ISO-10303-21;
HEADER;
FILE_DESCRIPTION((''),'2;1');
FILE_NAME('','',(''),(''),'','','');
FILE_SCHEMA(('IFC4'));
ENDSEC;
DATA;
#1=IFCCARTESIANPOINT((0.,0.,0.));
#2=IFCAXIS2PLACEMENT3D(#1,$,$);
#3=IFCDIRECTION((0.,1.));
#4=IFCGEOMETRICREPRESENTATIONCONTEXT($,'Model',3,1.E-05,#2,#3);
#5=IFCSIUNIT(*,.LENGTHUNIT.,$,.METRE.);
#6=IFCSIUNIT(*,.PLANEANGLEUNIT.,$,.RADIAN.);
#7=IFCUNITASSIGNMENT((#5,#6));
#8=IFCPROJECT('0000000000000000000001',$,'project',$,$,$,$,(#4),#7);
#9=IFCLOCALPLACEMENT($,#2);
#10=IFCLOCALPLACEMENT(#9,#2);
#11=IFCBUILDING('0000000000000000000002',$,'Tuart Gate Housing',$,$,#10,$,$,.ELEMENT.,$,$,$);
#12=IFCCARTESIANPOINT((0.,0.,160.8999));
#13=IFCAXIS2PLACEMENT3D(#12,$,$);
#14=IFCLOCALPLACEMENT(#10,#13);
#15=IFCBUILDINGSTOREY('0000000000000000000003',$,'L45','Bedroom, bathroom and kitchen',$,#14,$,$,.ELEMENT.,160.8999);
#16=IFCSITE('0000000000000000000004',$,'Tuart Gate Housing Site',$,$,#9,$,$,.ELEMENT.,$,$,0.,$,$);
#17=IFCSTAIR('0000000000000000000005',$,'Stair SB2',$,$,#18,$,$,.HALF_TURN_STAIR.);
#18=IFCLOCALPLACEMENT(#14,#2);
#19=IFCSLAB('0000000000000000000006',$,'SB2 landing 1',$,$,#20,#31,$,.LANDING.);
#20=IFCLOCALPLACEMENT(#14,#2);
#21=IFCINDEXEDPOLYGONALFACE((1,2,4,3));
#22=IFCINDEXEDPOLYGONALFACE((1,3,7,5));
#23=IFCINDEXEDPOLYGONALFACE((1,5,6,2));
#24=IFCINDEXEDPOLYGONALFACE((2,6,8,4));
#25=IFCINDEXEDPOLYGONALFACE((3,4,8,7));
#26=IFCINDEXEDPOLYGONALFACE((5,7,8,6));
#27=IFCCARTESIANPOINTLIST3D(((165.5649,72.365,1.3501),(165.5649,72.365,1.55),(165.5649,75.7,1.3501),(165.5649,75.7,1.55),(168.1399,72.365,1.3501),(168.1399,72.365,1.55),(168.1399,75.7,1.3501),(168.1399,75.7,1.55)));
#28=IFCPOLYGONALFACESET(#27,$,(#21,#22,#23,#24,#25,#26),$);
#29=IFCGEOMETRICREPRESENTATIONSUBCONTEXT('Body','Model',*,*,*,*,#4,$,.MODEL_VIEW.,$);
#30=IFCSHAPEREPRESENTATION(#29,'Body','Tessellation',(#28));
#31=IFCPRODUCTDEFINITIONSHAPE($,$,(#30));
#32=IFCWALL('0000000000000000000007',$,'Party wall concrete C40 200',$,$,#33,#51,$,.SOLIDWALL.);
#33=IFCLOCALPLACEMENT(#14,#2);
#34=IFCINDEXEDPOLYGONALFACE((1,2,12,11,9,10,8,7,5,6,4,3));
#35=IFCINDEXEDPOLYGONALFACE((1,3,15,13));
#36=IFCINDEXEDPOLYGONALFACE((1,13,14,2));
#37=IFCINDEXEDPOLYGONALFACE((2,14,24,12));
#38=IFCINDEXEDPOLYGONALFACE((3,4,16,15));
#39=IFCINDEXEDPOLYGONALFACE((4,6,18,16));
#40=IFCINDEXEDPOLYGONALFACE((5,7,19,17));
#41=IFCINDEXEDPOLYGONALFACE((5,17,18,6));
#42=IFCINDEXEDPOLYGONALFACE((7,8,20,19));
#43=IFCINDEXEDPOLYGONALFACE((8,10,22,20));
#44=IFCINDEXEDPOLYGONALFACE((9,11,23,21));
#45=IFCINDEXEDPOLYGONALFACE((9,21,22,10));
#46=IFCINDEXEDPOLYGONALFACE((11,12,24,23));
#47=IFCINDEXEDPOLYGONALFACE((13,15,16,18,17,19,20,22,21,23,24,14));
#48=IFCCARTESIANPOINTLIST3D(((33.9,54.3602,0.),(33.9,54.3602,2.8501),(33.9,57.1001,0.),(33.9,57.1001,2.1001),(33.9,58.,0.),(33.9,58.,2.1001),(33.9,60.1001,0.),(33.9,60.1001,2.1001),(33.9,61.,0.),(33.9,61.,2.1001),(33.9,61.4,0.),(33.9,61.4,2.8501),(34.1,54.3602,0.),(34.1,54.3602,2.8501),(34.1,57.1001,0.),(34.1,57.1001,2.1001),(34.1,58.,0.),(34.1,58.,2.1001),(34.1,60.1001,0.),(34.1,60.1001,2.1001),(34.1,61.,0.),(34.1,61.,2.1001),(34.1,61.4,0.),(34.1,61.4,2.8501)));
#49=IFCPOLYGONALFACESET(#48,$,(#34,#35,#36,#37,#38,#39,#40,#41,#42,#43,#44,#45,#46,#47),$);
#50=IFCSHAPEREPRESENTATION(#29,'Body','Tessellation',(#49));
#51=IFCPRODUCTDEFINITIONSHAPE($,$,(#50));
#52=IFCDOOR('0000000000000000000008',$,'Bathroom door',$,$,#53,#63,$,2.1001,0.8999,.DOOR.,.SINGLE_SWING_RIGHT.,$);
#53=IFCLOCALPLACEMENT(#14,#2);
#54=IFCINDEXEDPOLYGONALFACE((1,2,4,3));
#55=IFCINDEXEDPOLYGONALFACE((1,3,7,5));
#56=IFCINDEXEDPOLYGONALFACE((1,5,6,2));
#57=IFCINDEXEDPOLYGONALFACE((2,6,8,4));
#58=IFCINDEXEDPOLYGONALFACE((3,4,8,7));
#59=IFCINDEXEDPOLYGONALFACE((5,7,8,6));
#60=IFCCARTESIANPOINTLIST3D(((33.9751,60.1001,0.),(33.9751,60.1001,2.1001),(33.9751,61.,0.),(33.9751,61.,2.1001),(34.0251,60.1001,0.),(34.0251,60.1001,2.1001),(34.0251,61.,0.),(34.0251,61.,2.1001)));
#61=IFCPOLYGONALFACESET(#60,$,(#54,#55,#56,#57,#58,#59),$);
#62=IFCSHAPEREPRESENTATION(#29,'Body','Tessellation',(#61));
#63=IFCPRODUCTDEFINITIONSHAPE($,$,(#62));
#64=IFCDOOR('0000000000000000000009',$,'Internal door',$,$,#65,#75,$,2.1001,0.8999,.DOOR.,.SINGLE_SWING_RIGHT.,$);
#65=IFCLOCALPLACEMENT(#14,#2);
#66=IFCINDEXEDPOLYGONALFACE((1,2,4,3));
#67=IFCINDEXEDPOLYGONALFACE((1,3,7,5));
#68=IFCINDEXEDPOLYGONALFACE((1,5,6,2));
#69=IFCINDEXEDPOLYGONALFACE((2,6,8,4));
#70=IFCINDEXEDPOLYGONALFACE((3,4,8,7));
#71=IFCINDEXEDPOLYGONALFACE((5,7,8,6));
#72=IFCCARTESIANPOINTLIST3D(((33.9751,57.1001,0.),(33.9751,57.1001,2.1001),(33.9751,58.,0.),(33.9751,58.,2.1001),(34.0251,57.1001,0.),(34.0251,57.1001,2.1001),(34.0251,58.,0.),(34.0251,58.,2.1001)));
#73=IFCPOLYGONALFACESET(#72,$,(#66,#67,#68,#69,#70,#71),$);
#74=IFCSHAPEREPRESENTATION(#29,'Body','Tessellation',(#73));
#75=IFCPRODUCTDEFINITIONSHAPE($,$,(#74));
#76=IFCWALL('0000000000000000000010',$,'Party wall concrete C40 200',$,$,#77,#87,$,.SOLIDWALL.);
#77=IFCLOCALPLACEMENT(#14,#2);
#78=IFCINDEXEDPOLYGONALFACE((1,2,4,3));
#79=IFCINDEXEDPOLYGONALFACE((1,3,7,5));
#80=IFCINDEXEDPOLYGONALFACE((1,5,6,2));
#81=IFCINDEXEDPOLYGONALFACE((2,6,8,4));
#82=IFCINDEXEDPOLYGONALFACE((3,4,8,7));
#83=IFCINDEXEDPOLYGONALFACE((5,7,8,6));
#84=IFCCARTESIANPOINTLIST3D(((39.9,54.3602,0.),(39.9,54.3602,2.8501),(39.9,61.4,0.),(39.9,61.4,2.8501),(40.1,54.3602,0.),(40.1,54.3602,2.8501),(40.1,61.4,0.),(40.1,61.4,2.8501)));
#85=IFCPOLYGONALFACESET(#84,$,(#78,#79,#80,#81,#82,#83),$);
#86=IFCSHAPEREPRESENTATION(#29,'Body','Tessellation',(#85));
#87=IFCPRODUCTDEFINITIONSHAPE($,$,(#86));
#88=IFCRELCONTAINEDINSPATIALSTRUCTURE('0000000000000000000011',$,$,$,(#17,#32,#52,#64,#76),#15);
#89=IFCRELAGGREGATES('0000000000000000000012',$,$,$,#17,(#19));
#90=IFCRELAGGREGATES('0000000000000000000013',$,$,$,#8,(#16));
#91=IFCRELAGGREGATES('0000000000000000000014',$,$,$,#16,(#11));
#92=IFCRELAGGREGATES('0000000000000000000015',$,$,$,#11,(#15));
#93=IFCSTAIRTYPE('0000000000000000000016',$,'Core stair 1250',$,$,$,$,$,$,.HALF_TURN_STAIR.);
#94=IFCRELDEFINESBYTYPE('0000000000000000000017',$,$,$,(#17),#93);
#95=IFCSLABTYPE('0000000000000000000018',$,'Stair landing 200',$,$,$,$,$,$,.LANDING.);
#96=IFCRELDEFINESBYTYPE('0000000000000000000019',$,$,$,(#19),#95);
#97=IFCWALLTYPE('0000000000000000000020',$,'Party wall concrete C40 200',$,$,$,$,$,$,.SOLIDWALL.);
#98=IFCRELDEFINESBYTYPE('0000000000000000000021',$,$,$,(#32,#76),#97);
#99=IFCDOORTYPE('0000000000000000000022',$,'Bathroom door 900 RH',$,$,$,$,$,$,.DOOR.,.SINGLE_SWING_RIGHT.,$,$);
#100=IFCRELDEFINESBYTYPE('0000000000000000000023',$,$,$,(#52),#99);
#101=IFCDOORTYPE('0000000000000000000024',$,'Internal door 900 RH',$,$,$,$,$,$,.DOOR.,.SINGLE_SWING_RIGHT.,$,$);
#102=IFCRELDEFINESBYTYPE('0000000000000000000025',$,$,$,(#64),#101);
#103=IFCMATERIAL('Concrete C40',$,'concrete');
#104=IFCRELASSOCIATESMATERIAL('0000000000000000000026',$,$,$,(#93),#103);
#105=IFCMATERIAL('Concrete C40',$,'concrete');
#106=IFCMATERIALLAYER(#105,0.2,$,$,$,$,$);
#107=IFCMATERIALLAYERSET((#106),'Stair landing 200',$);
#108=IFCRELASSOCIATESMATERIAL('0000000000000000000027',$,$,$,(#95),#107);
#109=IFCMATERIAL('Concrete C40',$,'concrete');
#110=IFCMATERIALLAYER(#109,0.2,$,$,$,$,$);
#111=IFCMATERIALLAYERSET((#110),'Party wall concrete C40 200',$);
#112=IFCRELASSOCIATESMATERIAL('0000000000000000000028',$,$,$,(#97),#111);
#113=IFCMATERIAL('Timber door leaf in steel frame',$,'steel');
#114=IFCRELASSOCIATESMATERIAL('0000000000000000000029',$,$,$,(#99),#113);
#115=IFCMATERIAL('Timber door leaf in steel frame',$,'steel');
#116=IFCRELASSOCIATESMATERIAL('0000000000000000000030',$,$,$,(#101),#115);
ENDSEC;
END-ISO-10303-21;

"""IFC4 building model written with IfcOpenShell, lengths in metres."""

from ifc_helpers import new_model, si_unit, direction, frame, frame_2d, origin, place, context, subcontext, project, spatial, polyline, rectangle, outline, extrude, material, layer, layer_set, type_object, element, fill, aggregate, save


model = new_model("IFC4")

# Units and contexts
model_context = context("Model", 3, precision=1e-05, world=origin(), true_north=direction((0.0, 1.0)))
body_context = subcontext(model_context, "Body", "Model", "MODEL_VIEW")
ifc_project = project(units=[si_unit("LENGTHUNIT", "METRE"), si_unit("PLANEANGLEUNIT", "RADIAN")], contexts=[model_context])

# Site, building, storey
site_placement = place(None, origin())
site = spatial("IfcSite", under=ifc_project, at=site_placement, Name="Tuart Gate Housing Site", CompositionType="ELEMENT", RefElevation=0.0)
building_placement = place(site_placement, origin())
building = spatial("IfcBuilding", under=site, at=building_placement, Name="Tuart Gate Housing", CompositionType="ELEMENT")
storey_placement = place(building_placement, frame((0.0, 0.0, 160.8999)))
storey = spatial("IfcBuildingStorey", under=building, at=storey_placement, Name="L45", Description="Bedroom, bathroom and kitchen", CompositionType="ELEMENT", Elevation=160.8999)

# Stair, slab
ifc_material_1 = material(Name="Concrete C40", Category="concrete")
stair_type = type_object("IfcStairType", Name="Core stair 1250", PredefinedType="HALF_TURN_STAIR", material=ifc_material_1)
stair_placement = place(storey_placement, origin())
stair = element("IfcStair", 1, at=stair_placement, inside=storey, type_object=stair_type, Name="Stair SB2", PredefinedType="HALF_TURN_STAIR")
ifc_material_2 = material(Name="Concrete C40", Category="concrete")
ifc_layer_1 = layer(ifc_material_2, 0.2)
ifc_layer_set_1 = layer_set([ifc_layer_1], Name="Stair landing 200")
slab_type = type_object("IfcSlabType", Name="Stair landing 200", PredefinedType="LANDING", material=ifc_layer_set_1)
slab_placement = place(storey_placement, frame((0.0, 0.0, 1.3501)))
slab = element("IfcSlab", 2, at=slab_placement, type_object=slab_type, Name="SB2 landing 1", PredefinedType="LANDING", context=body_context, shape_type="SweptSolid", body=[
    extrude(outline(polyline([(165.5649, 72.365), (168.1399, 72.365), (168.1399, 75.7), (165.5649, 75.7), (165.5649, 72.365)])), origin(), (0.0, 0.0, 1.0), 0.2),
])
aggregate(stair, [slab])

# Wall, openings, doors
ifc_material_3 = material(Name="Concrete C40", Category="concrete")
ifc_layer_2 = layer(ifc_material_3, 0.2)
ifc_layer_set_2 = layer_set([ifc_layer_2], Name="Party wall concrete C40 200")
wall_type_1 = type_object("IfcWallType", Name="Party wall concrete C40 200", PredefinedType="SOLIDWALL", material=ifc_layer_set_2)
wall_1_placement = place(storey_placement, frame((34.0, 54.3601, 0.0), z_axis=(0.0, 0.0, 1.0), x_axis=(0.0, 1.0, 0.0)))
wall_1 = element("IfcWall", 3, at=wall_1_placement, inside=storey, type_object=wall_type_1, Name="Party wall concrete C40 200", PredefinedType="SOLIDWALL", context=body_context, shape_type="SweptSolid", body=[
    extrude(rectangle(XDim=7.0398, YDim=0.2, at=frame_2d((3.52, 0.0))), origin(), (0.0, 0.0, 1.0), 2.8501),
])
opening_1_placement = place(wall_1_placement, frame((2.74, 0.0, 0.0)))
opening_1 = element("IfcOpeningElement", 4, at=opening_1_placement, cuts=wall_1, PredefinedType="OPENING", context=body_context, shape_type="SweptSolid", body=[
    extrude(rectangle(XDim=0.8999, YDim=2.1001, at=frame_2d((0.45, 1.05))), frame((0.0, 0.1099, 0.0), z_axis=(0.0, -1.0, 0.0), x_axis=(1.0, 0.0, 0.0)), (0.0, 0.0, 1.0), 0.22),
])
opening_2_placement = place(wall_1_placement, frame((5.74, 0.0, 0.0)))
opening_2 = element("IfcOpeningElement", 5, at=opening_2_placement, cuts=wall_1, PredefinedType="OPENING", context=body_context, shape_type="SweptSolid", body=[
    extrude(rectangle(XDim=0.8999, YDim=2.1001, at=frame_2d((0.45, 1.05))), frame((0.0, 0.1099, 0.0), z_axis=(0.0, -1.0, 0.0), x_axis=(1.0, 0.0, 0.0)), (0.0, 0.0, 1.0), 0.22),
])
ifc_material_4 = material(Name="Timber door leaf in steel frame", Category="steel")
door_type_1 = type_object("IfcDoorType", Name="Bathroom door 900 RH", OperationType="SINGLE_SWING_RIGHT", PredefinedType="DOOR", material=ifc_material_4)
door_1_placement = place(opening_2_placement, origin())
door_1 = element("IfcDoor", 6, at=door_1_placement, inside=storey, type_object=door_type_1, Name="Bathroom door", OperationType="SINGLE_SWING_RIGHT", OverallHeight=2.1001, OverallWidth=0.8999, PredefinedType="DOOR", context=body_context, shape_type="SweptSolid", body=[
    extrude(rectangle(XDim=0.8999, YDim=2.1001, at=frame_2d((0.45, 1.05))), frame((0.0, 0.0249, 0.0), z_axis=(0.0, -1.0, 0.0), x_axis=(1.0, 0.0, 0.0)), (0.0, 0.0, 1.0), 0.05),
])
fill(opening_2, door_1)
ifc_material_5 = material(Name="Timber door leaf in steel frame", Category="steel")
door_type_2 = type_object("IfcDoorType", Name="Internal door 900 RH", OperationType="SINGLE_SWING_RIGHT", PredefinedType="DOOR", material=ifc_material_5)
door_2_placement = place(opening_1_placement, origin())
door_2 = element("IfcDoor", 7, at=door_2_placement, inside=storey, type_object=door_type_2, Name="Internal door", OperationType="SINGLE_SWING_RIGHT", OverallHeight=2.1001, OverallWidth=0.8999, PredefinedType="DOOR", context=body_context, shape_type="SweptSolid", body=[
    extrude(rectangle(XDim=0.8999, YDim=2.1001, at=frame_2d((0.45, 1.05))), frame((0.0, 0.0249, 0.0), z_axis=(0.0, -1.0, 0.0), x_axis=(1.0, 0.0, 0.0)), (0.0, 0.0, 1.0), 0.05),
])
fill(opening_1, door_2)

# Wall
wall_2_placement = place(storey_placement, frame((40.0, 54.3601, 0.0), z_axis=(0.0, 0.0, 1.0), x_axis=(0.0, 1.0, 0.0)))
element("IfcWall", 8, at=wall_2_placement, inside=storey, type_object=wall_type_1, Name="Party wall concrete C40 200", PredefinedType="SOLIDWALL", context=body_context, shape_type="SweptSolid", body=[
    extrude(rectangle(XDim=7.0398, YDim=0.2, at=frame_2d((3.52, 0.0))), origin(), (0.0, 0.0, 1.0), 2.8501),
])

save(model, "model.ifc")
